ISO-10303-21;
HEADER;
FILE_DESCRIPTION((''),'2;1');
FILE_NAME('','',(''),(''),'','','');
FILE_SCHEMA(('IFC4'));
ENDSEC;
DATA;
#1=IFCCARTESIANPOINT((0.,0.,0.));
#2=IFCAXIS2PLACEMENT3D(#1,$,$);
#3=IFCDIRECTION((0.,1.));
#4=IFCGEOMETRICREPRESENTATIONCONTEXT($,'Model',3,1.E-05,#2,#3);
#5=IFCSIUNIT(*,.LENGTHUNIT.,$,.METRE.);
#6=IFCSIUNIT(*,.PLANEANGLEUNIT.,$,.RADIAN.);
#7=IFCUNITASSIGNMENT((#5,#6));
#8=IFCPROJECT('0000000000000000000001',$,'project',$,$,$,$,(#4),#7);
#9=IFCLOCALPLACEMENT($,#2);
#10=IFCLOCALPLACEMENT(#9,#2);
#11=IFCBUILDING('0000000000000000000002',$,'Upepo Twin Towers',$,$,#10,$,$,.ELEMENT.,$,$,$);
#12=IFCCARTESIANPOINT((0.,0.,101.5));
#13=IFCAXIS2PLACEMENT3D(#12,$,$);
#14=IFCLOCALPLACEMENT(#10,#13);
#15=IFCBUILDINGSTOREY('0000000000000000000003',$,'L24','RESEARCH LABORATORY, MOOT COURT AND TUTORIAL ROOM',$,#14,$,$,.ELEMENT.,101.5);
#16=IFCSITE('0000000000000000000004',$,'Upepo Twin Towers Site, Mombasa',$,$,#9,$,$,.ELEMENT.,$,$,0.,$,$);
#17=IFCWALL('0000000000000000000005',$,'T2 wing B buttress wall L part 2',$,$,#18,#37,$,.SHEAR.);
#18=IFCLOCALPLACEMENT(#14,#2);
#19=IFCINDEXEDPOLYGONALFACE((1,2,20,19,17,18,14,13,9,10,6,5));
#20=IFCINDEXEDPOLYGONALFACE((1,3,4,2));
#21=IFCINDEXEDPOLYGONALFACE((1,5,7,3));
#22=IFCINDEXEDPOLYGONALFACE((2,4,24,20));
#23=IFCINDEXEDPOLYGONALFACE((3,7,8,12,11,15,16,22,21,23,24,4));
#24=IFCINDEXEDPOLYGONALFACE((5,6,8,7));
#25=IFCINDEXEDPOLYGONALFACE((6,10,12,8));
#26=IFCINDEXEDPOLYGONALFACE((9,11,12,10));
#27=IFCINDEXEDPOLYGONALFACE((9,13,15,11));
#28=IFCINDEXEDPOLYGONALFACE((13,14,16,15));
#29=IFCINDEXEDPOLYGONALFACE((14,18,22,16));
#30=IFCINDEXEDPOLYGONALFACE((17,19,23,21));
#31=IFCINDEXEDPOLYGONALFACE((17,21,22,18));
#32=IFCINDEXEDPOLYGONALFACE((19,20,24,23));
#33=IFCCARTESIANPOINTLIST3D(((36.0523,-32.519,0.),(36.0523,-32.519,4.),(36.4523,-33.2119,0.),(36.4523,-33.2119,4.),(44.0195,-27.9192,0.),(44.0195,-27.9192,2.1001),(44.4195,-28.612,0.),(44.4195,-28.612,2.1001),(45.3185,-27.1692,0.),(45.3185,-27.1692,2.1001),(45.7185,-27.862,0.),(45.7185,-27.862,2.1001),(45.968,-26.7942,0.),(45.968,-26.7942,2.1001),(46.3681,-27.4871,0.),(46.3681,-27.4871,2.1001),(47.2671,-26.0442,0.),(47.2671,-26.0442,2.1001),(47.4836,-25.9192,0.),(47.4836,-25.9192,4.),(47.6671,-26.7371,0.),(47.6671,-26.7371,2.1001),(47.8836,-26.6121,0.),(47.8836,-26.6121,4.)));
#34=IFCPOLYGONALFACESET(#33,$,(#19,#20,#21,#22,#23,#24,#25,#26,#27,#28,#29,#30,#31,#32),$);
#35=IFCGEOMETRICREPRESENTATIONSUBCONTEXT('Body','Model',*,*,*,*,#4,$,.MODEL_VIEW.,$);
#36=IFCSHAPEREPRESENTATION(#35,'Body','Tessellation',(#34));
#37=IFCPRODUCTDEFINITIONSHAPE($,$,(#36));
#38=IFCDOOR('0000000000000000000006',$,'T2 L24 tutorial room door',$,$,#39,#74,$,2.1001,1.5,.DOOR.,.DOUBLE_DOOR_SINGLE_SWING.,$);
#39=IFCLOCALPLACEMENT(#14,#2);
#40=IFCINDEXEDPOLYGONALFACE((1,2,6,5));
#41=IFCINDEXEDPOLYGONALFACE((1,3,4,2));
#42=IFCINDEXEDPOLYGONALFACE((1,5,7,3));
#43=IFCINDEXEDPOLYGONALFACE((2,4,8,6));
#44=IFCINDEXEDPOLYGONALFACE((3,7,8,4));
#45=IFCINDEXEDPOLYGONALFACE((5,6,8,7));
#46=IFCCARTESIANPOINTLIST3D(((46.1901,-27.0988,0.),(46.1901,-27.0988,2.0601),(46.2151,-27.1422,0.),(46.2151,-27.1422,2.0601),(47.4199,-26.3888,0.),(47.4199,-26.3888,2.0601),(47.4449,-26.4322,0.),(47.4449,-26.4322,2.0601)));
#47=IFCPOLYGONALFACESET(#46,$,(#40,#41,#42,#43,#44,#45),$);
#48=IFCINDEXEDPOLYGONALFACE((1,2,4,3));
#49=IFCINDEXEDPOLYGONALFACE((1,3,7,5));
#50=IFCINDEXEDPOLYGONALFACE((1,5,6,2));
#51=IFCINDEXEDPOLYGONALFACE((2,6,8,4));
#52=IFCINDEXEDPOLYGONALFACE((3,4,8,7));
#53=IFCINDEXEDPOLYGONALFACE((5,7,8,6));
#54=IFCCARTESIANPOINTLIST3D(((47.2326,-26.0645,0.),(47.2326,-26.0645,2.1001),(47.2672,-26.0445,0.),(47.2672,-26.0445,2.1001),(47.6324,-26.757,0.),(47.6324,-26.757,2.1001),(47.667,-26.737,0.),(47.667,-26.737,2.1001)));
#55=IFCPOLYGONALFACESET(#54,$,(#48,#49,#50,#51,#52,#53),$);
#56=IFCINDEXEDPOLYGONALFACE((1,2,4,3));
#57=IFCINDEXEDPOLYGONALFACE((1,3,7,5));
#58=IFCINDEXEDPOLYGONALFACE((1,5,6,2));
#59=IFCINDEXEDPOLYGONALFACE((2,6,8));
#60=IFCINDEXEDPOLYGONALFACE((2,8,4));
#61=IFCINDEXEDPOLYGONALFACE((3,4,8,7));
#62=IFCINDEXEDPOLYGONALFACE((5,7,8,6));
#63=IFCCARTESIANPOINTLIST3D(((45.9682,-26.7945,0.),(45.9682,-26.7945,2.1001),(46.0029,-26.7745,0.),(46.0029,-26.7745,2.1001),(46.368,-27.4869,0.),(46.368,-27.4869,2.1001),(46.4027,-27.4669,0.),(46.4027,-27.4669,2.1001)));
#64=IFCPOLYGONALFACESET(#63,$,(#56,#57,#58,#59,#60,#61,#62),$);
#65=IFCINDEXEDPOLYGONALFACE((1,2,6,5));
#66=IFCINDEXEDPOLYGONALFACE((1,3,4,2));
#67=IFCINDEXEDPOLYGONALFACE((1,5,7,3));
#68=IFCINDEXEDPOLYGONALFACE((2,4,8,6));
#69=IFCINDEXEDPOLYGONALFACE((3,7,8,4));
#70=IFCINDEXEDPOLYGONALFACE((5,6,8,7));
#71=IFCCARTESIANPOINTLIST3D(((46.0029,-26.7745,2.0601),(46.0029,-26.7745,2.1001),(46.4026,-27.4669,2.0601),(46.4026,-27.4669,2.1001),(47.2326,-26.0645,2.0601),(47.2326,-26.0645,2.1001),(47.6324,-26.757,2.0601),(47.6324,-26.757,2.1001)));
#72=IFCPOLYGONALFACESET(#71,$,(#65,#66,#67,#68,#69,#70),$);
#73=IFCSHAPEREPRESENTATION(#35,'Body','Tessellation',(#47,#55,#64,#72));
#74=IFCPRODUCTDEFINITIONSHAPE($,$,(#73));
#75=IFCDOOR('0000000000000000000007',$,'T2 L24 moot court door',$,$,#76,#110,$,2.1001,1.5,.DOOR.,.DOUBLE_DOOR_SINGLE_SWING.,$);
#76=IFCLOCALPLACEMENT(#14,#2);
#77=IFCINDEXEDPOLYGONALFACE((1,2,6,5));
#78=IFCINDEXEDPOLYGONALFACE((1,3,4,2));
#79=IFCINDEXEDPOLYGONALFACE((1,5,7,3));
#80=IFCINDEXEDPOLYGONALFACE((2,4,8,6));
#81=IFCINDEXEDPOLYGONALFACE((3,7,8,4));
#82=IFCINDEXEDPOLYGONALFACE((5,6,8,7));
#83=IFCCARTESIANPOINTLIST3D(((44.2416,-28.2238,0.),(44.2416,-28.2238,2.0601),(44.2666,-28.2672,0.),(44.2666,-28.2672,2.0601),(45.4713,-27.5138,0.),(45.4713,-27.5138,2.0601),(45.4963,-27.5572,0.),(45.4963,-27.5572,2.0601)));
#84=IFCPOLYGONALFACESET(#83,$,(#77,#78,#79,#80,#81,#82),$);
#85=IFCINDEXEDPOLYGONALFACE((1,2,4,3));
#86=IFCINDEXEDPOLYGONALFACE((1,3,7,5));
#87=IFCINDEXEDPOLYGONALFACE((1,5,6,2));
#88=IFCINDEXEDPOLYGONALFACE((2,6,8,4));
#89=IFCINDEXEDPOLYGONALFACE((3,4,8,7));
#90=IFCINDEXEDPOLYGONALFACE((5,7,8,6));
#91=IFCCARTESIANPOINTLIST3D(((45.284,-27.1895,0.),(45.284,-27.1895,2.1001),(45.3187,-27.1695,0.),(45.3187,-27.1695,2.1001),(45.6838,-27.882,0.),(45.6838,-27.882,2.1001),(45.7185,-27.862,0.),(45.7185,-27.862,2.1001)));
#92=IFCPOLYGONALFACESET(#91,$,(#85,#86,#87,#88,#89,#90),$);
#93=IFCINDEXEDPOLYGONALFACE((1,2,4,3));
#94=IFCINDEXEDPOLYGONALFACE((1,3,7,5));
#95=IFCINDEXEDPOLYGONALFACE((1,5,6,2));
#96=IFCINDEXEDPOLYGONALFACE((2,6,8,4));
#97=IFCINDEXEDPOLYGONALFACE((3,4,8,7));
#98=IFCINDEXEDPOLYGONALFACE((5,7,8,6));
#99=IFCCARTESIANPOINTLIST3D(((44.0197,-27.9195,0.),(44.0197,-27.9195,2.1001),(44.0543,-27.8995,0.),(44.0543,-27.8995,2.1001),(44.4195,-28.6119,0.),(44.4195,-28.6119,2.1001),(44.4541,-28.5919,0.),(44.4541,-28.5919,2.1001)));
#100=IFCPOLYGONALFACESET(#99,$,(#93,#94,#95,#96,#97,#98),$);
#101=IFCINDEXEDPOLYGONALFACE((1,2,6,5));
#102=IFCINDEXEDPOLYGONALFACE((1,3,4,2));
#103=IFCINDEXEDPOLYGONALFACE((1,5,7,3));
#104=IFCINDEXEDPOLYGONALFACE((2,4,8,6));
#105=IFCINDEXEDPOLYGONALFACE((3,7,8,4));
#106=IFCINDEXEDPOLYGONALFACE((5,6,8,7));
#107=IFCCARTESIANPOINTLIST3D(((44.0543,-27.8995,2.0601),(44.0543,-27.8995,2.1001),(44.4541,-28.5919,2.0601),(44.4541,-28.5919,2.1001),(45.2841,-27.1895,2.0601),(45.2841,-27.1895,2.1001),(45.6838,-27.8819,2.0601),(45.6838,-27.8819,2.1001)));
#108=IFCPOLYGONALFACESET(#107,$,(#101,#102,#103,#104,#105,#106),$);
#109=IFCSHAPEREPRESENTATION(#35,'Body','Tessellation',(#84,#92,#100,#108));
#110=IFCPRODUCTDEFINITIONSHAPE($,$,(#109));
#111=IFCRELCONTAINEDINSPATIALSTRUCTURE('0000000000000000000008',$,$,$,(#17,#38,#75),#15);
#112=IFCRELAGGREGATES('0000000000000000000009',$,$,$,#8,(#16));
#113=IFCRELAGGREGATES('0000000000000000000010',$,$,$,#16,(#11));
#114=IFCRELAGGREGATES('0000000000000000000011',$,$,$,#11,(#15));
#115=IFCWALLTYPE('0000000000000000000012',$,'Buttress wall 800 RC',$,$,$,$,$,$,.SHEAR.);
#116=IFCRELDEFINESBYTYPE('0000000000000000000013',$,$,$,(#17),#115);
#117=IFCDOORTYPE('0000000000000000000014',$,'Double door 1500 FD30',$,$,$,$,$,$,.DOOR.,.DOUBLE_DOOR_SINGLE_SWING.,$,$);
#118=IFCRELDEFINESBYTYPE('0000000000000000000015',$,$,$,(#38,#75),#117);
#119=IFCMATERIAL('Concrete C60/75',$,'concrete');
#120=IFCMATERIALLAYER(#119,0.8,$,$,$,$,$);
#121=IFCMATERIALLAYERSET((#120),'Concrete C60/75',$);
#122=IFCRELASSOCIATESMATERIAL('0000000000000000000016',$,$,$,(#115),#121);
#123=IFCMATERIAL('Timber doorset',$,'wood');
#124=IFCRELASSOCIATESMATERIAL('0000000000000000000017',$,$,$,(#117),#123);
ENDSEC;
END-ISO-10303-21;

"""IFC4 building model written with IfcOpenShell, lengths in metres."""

from ifc_helpers import new_model, si_unit, direction, frame, frame_2d, origin, place, context, subcontext, project, spatial, rectangle, extrude, material, layer, layer_set, type_object, element, fill, save


model = new_model("IFC4")

# Units and contexts
model_context = context("Model", 3, precision=1e-05, world=origin(), true_north=direction((0.0, 1.0)))
body_context = subcontext(model_context, "Body", "Model", "MODEL_VIEW")
ifc_project = project(units=[si_unit("LENGTHUNIT", "METRE"), si_unit("PLANEANGLEUNIT", "RADIAN")], contexts=[model_context])

# Site, building, storey
site_placement = place(None, origin())
site = spatial("IfcSite", under=ifc_project, at=site_placement, Name="Upepo Twin Towers Site, Mombasa", CompositionType="ELEMENT", RefElevation=0.0)
building_placement = place(site_placement, origin())
building = spatial("IfcBuilding", under=site, at=building_placement, Name="Upepo Twin Towers", CompositionType="ELEMENT")
storey_placement = place(building_placement, frame((0.0, 0.0, 101.5)))
storey = spatial("IfcBuildingStorey", under=building, at=storey_placement, Name="L24", Description="RESEARCH LABORATORY, MOOT COURT AND TUTORIAL ROOM", CompositionType="ELEMENT", Elevation=101.5)

# Wall, openings, doors
ifc_material_1 = material(Name="Concrete C60/75", Category="concrete")
ifc_layer_1 = layer(ifc_material_1, 0.8)
ifc_layer_set_1 = layer_set([ifc_layer_1], Name="Concrete C60/75")
wall_type_1 = type_object("IfcWallType", Name="Buttress wall 800 RC", PredefinedType="SHEAR", material=ifc_layer_set_1)
wall_1_placement = place(storey_placement, frame((47.6836, -26.2656, 0.0), z_axis=(0.0, 0.0, 1.0), x_axis=(-0.866028, -0.499996, 0.0)))
wall_1 = element("IfcWall", 1, at=wall_1_placement, inside=storey, type_object=wall_type_1, Name="T2 wing B buttress wall L part 2", PredefinedType="SHEAR", context=body_context, shape_type="SweptSolid", body=[
    extrude(rectangle(XDim=13.1997, YDim=0.8, at=frame_2d((6.5999, 0.0))), origin(), (0.0, 0.0, 1.0), 4.0),
])
opening_1_placement = place(wall_1_placement, frame((0.25, 0.0, 0.0)))
opening_1 = element("IfcOpeningElement", 2, at=opening_1_placement, cuts=wall_1, PredefinedType="OPENING", context=body_context, shape_type="SweptSolid", body=[
    extrude(rectangle(XDim=1.5, YDim=2.1001, at=frame_2d((0.75, 1.05))), frame((0.0, 0.4099, 0.0), z_axis=(0.0, -1.0, 0.0), x_axis=(1.0, 0.0, 0.0)), (0.0, 0.0, 1.0), 0.8201),
])
opening_2_placement = place(wall_1_placement, frame((2.5, 0.0, 0.0)))
opening_2 = element("IfcOpeningElement", 3, at=opening_2_placement, cuts=wall_1, PredefinedType="OPENING", context=body_context, shape_type="SweptSolid", body=[
    extrude(rectangle(XDim=1.5, YDim=2.1001, at=frame_2d((0.75, 1.05))), frame((0.0, 0.4099, 0.0), z_axis=(0.0, -1.0, 0.0), x_axis=(1.0, 0.0, 0.0)), (0.0, 0.0, 1.0), 0.8201),
])
ifc_material_2 = material(Name="Timber doorset", Category="wood")
door_type_1 = type_object("IfcDoorType", Name="Double door 1500 FD30", OperationType="DOUBLE_DOOR_SINGLE_SWING", PredefinedType="DOOR", material=ifc_material_2)
door_1_placement = place(opening_1_placement, origin())
door_1 = element("IfcDoor", 4, at=door_1_placement, inside=storey, type_object=door_type_1, Name="T2 L24 tutorial room door", OperationType="DOUBLE_DOOR_SINGLE_SWING", OverallHeight=2.1001, OverallWidth=1.5, PredefinedType="DOOR", context=body_context, shape_type="SweptSolid", body=[
    extrude(rectangle(XDim=1.42, YDim=2.0601, at=frame_2d((0.75, 1.03))), frame((0.0, 0.0249, 0.0), z_axis=(0.0, -1.0, 0.0), x_axis=(1.0, 0.0, 0.0)), (0.0, 0.0, 1.0), 0.05),
    extrude(rectangle(XDim=0.04, YDim=2.1001, at=frame_2d((0.02, 1.05))), frame((0.0, 0.3999, 0.0), z_axis=(0.0, -1.0, 0.0), x_axis=(1.0, 0.0, 0.0)), (0.0, 0.0, 1.0), 0.7996),
    extrude(rectangle(XDim=0.04, YDim=2.1001, at=frame_2d((1.48, 1.05))), frame((0.0, 0.3999, 0.0), z_axis=(0.0, -1.0, 0.0), x_axis=(1.0, 0.0, 0.0)), (0.0, 0.0, 1.0), 0.7996),
    extrude(rectangle(XDim=1.42, YDim=0.04, at=frame_2d((0.75, 2.0801))), frame((0.0, 0.3999, 0.0), z_axis=(0.0, -1.0, 0.0), x_axis=(1.0, 0.0, 0.0)), (0.0, 0.0, 1.0), 0.7996),
])
fill(opening_1, door_1)
door_2_placement = place(opening_2_placement, origin())
door_2 = element("IfcDoor", 5, at=door_2_placement, inside=storey, type_object=door_type_1, Name="T2 L24 moot court door", OperationType="DOUBLE_DOOR_SINGLE_SWING", OverallHeight=2.1001, OverallWidth=1.5, PredefinedType="DOOR", context=body_context, shape_type="SweptSolid", body=[
    extrude(rectangle(XDim=1.42, YDim=2.0601, at=frame_2d((0.75, 1.03))), frame((0.0, 0.0249, 0.0), z_axis=(0.0, -1.0, 0.0), x_axis=(1.0, 0.0, 0.0)), (0.0, 0.0, 1.0), 0.05),
    extrude(rectangle(XDim=0.04, YDim=2.1001, at=frame_2d((0.02, 1.05))), frame((0.0, 0.3999, 0.0), z_axis=(0.0, -1.0, 0.0), x_axis=(1.0, 0.0, 0.0)), (0.0, 0.0, 1.0), 0.7996),
    extrude(rectangle(XDim=0.04, YDim=2.1001, at=frame_2d((1.48, 1.05))), frame((0.0, 0.3999, 0.0), z_axis=(0.0, -1.0, 0.0), x_axis=(1.0, 0.0, 0.0)), (0.0, 0.0, 1.0), 0.7996),
    extrude(rectangle(XDim=1.42, YDim=0.04, at=frame_2d((0.75, 2.0801))), frame((0.0, 0.3999, 0.0), z_axis=(0.0, -1.0, 0.0), x_axis=(1.0, 0.0, 0.0)), (0.0, 0.0, 1.0), 0.7996),
])
fill(opening_2, door_2)

save(model, "model.ifc")
